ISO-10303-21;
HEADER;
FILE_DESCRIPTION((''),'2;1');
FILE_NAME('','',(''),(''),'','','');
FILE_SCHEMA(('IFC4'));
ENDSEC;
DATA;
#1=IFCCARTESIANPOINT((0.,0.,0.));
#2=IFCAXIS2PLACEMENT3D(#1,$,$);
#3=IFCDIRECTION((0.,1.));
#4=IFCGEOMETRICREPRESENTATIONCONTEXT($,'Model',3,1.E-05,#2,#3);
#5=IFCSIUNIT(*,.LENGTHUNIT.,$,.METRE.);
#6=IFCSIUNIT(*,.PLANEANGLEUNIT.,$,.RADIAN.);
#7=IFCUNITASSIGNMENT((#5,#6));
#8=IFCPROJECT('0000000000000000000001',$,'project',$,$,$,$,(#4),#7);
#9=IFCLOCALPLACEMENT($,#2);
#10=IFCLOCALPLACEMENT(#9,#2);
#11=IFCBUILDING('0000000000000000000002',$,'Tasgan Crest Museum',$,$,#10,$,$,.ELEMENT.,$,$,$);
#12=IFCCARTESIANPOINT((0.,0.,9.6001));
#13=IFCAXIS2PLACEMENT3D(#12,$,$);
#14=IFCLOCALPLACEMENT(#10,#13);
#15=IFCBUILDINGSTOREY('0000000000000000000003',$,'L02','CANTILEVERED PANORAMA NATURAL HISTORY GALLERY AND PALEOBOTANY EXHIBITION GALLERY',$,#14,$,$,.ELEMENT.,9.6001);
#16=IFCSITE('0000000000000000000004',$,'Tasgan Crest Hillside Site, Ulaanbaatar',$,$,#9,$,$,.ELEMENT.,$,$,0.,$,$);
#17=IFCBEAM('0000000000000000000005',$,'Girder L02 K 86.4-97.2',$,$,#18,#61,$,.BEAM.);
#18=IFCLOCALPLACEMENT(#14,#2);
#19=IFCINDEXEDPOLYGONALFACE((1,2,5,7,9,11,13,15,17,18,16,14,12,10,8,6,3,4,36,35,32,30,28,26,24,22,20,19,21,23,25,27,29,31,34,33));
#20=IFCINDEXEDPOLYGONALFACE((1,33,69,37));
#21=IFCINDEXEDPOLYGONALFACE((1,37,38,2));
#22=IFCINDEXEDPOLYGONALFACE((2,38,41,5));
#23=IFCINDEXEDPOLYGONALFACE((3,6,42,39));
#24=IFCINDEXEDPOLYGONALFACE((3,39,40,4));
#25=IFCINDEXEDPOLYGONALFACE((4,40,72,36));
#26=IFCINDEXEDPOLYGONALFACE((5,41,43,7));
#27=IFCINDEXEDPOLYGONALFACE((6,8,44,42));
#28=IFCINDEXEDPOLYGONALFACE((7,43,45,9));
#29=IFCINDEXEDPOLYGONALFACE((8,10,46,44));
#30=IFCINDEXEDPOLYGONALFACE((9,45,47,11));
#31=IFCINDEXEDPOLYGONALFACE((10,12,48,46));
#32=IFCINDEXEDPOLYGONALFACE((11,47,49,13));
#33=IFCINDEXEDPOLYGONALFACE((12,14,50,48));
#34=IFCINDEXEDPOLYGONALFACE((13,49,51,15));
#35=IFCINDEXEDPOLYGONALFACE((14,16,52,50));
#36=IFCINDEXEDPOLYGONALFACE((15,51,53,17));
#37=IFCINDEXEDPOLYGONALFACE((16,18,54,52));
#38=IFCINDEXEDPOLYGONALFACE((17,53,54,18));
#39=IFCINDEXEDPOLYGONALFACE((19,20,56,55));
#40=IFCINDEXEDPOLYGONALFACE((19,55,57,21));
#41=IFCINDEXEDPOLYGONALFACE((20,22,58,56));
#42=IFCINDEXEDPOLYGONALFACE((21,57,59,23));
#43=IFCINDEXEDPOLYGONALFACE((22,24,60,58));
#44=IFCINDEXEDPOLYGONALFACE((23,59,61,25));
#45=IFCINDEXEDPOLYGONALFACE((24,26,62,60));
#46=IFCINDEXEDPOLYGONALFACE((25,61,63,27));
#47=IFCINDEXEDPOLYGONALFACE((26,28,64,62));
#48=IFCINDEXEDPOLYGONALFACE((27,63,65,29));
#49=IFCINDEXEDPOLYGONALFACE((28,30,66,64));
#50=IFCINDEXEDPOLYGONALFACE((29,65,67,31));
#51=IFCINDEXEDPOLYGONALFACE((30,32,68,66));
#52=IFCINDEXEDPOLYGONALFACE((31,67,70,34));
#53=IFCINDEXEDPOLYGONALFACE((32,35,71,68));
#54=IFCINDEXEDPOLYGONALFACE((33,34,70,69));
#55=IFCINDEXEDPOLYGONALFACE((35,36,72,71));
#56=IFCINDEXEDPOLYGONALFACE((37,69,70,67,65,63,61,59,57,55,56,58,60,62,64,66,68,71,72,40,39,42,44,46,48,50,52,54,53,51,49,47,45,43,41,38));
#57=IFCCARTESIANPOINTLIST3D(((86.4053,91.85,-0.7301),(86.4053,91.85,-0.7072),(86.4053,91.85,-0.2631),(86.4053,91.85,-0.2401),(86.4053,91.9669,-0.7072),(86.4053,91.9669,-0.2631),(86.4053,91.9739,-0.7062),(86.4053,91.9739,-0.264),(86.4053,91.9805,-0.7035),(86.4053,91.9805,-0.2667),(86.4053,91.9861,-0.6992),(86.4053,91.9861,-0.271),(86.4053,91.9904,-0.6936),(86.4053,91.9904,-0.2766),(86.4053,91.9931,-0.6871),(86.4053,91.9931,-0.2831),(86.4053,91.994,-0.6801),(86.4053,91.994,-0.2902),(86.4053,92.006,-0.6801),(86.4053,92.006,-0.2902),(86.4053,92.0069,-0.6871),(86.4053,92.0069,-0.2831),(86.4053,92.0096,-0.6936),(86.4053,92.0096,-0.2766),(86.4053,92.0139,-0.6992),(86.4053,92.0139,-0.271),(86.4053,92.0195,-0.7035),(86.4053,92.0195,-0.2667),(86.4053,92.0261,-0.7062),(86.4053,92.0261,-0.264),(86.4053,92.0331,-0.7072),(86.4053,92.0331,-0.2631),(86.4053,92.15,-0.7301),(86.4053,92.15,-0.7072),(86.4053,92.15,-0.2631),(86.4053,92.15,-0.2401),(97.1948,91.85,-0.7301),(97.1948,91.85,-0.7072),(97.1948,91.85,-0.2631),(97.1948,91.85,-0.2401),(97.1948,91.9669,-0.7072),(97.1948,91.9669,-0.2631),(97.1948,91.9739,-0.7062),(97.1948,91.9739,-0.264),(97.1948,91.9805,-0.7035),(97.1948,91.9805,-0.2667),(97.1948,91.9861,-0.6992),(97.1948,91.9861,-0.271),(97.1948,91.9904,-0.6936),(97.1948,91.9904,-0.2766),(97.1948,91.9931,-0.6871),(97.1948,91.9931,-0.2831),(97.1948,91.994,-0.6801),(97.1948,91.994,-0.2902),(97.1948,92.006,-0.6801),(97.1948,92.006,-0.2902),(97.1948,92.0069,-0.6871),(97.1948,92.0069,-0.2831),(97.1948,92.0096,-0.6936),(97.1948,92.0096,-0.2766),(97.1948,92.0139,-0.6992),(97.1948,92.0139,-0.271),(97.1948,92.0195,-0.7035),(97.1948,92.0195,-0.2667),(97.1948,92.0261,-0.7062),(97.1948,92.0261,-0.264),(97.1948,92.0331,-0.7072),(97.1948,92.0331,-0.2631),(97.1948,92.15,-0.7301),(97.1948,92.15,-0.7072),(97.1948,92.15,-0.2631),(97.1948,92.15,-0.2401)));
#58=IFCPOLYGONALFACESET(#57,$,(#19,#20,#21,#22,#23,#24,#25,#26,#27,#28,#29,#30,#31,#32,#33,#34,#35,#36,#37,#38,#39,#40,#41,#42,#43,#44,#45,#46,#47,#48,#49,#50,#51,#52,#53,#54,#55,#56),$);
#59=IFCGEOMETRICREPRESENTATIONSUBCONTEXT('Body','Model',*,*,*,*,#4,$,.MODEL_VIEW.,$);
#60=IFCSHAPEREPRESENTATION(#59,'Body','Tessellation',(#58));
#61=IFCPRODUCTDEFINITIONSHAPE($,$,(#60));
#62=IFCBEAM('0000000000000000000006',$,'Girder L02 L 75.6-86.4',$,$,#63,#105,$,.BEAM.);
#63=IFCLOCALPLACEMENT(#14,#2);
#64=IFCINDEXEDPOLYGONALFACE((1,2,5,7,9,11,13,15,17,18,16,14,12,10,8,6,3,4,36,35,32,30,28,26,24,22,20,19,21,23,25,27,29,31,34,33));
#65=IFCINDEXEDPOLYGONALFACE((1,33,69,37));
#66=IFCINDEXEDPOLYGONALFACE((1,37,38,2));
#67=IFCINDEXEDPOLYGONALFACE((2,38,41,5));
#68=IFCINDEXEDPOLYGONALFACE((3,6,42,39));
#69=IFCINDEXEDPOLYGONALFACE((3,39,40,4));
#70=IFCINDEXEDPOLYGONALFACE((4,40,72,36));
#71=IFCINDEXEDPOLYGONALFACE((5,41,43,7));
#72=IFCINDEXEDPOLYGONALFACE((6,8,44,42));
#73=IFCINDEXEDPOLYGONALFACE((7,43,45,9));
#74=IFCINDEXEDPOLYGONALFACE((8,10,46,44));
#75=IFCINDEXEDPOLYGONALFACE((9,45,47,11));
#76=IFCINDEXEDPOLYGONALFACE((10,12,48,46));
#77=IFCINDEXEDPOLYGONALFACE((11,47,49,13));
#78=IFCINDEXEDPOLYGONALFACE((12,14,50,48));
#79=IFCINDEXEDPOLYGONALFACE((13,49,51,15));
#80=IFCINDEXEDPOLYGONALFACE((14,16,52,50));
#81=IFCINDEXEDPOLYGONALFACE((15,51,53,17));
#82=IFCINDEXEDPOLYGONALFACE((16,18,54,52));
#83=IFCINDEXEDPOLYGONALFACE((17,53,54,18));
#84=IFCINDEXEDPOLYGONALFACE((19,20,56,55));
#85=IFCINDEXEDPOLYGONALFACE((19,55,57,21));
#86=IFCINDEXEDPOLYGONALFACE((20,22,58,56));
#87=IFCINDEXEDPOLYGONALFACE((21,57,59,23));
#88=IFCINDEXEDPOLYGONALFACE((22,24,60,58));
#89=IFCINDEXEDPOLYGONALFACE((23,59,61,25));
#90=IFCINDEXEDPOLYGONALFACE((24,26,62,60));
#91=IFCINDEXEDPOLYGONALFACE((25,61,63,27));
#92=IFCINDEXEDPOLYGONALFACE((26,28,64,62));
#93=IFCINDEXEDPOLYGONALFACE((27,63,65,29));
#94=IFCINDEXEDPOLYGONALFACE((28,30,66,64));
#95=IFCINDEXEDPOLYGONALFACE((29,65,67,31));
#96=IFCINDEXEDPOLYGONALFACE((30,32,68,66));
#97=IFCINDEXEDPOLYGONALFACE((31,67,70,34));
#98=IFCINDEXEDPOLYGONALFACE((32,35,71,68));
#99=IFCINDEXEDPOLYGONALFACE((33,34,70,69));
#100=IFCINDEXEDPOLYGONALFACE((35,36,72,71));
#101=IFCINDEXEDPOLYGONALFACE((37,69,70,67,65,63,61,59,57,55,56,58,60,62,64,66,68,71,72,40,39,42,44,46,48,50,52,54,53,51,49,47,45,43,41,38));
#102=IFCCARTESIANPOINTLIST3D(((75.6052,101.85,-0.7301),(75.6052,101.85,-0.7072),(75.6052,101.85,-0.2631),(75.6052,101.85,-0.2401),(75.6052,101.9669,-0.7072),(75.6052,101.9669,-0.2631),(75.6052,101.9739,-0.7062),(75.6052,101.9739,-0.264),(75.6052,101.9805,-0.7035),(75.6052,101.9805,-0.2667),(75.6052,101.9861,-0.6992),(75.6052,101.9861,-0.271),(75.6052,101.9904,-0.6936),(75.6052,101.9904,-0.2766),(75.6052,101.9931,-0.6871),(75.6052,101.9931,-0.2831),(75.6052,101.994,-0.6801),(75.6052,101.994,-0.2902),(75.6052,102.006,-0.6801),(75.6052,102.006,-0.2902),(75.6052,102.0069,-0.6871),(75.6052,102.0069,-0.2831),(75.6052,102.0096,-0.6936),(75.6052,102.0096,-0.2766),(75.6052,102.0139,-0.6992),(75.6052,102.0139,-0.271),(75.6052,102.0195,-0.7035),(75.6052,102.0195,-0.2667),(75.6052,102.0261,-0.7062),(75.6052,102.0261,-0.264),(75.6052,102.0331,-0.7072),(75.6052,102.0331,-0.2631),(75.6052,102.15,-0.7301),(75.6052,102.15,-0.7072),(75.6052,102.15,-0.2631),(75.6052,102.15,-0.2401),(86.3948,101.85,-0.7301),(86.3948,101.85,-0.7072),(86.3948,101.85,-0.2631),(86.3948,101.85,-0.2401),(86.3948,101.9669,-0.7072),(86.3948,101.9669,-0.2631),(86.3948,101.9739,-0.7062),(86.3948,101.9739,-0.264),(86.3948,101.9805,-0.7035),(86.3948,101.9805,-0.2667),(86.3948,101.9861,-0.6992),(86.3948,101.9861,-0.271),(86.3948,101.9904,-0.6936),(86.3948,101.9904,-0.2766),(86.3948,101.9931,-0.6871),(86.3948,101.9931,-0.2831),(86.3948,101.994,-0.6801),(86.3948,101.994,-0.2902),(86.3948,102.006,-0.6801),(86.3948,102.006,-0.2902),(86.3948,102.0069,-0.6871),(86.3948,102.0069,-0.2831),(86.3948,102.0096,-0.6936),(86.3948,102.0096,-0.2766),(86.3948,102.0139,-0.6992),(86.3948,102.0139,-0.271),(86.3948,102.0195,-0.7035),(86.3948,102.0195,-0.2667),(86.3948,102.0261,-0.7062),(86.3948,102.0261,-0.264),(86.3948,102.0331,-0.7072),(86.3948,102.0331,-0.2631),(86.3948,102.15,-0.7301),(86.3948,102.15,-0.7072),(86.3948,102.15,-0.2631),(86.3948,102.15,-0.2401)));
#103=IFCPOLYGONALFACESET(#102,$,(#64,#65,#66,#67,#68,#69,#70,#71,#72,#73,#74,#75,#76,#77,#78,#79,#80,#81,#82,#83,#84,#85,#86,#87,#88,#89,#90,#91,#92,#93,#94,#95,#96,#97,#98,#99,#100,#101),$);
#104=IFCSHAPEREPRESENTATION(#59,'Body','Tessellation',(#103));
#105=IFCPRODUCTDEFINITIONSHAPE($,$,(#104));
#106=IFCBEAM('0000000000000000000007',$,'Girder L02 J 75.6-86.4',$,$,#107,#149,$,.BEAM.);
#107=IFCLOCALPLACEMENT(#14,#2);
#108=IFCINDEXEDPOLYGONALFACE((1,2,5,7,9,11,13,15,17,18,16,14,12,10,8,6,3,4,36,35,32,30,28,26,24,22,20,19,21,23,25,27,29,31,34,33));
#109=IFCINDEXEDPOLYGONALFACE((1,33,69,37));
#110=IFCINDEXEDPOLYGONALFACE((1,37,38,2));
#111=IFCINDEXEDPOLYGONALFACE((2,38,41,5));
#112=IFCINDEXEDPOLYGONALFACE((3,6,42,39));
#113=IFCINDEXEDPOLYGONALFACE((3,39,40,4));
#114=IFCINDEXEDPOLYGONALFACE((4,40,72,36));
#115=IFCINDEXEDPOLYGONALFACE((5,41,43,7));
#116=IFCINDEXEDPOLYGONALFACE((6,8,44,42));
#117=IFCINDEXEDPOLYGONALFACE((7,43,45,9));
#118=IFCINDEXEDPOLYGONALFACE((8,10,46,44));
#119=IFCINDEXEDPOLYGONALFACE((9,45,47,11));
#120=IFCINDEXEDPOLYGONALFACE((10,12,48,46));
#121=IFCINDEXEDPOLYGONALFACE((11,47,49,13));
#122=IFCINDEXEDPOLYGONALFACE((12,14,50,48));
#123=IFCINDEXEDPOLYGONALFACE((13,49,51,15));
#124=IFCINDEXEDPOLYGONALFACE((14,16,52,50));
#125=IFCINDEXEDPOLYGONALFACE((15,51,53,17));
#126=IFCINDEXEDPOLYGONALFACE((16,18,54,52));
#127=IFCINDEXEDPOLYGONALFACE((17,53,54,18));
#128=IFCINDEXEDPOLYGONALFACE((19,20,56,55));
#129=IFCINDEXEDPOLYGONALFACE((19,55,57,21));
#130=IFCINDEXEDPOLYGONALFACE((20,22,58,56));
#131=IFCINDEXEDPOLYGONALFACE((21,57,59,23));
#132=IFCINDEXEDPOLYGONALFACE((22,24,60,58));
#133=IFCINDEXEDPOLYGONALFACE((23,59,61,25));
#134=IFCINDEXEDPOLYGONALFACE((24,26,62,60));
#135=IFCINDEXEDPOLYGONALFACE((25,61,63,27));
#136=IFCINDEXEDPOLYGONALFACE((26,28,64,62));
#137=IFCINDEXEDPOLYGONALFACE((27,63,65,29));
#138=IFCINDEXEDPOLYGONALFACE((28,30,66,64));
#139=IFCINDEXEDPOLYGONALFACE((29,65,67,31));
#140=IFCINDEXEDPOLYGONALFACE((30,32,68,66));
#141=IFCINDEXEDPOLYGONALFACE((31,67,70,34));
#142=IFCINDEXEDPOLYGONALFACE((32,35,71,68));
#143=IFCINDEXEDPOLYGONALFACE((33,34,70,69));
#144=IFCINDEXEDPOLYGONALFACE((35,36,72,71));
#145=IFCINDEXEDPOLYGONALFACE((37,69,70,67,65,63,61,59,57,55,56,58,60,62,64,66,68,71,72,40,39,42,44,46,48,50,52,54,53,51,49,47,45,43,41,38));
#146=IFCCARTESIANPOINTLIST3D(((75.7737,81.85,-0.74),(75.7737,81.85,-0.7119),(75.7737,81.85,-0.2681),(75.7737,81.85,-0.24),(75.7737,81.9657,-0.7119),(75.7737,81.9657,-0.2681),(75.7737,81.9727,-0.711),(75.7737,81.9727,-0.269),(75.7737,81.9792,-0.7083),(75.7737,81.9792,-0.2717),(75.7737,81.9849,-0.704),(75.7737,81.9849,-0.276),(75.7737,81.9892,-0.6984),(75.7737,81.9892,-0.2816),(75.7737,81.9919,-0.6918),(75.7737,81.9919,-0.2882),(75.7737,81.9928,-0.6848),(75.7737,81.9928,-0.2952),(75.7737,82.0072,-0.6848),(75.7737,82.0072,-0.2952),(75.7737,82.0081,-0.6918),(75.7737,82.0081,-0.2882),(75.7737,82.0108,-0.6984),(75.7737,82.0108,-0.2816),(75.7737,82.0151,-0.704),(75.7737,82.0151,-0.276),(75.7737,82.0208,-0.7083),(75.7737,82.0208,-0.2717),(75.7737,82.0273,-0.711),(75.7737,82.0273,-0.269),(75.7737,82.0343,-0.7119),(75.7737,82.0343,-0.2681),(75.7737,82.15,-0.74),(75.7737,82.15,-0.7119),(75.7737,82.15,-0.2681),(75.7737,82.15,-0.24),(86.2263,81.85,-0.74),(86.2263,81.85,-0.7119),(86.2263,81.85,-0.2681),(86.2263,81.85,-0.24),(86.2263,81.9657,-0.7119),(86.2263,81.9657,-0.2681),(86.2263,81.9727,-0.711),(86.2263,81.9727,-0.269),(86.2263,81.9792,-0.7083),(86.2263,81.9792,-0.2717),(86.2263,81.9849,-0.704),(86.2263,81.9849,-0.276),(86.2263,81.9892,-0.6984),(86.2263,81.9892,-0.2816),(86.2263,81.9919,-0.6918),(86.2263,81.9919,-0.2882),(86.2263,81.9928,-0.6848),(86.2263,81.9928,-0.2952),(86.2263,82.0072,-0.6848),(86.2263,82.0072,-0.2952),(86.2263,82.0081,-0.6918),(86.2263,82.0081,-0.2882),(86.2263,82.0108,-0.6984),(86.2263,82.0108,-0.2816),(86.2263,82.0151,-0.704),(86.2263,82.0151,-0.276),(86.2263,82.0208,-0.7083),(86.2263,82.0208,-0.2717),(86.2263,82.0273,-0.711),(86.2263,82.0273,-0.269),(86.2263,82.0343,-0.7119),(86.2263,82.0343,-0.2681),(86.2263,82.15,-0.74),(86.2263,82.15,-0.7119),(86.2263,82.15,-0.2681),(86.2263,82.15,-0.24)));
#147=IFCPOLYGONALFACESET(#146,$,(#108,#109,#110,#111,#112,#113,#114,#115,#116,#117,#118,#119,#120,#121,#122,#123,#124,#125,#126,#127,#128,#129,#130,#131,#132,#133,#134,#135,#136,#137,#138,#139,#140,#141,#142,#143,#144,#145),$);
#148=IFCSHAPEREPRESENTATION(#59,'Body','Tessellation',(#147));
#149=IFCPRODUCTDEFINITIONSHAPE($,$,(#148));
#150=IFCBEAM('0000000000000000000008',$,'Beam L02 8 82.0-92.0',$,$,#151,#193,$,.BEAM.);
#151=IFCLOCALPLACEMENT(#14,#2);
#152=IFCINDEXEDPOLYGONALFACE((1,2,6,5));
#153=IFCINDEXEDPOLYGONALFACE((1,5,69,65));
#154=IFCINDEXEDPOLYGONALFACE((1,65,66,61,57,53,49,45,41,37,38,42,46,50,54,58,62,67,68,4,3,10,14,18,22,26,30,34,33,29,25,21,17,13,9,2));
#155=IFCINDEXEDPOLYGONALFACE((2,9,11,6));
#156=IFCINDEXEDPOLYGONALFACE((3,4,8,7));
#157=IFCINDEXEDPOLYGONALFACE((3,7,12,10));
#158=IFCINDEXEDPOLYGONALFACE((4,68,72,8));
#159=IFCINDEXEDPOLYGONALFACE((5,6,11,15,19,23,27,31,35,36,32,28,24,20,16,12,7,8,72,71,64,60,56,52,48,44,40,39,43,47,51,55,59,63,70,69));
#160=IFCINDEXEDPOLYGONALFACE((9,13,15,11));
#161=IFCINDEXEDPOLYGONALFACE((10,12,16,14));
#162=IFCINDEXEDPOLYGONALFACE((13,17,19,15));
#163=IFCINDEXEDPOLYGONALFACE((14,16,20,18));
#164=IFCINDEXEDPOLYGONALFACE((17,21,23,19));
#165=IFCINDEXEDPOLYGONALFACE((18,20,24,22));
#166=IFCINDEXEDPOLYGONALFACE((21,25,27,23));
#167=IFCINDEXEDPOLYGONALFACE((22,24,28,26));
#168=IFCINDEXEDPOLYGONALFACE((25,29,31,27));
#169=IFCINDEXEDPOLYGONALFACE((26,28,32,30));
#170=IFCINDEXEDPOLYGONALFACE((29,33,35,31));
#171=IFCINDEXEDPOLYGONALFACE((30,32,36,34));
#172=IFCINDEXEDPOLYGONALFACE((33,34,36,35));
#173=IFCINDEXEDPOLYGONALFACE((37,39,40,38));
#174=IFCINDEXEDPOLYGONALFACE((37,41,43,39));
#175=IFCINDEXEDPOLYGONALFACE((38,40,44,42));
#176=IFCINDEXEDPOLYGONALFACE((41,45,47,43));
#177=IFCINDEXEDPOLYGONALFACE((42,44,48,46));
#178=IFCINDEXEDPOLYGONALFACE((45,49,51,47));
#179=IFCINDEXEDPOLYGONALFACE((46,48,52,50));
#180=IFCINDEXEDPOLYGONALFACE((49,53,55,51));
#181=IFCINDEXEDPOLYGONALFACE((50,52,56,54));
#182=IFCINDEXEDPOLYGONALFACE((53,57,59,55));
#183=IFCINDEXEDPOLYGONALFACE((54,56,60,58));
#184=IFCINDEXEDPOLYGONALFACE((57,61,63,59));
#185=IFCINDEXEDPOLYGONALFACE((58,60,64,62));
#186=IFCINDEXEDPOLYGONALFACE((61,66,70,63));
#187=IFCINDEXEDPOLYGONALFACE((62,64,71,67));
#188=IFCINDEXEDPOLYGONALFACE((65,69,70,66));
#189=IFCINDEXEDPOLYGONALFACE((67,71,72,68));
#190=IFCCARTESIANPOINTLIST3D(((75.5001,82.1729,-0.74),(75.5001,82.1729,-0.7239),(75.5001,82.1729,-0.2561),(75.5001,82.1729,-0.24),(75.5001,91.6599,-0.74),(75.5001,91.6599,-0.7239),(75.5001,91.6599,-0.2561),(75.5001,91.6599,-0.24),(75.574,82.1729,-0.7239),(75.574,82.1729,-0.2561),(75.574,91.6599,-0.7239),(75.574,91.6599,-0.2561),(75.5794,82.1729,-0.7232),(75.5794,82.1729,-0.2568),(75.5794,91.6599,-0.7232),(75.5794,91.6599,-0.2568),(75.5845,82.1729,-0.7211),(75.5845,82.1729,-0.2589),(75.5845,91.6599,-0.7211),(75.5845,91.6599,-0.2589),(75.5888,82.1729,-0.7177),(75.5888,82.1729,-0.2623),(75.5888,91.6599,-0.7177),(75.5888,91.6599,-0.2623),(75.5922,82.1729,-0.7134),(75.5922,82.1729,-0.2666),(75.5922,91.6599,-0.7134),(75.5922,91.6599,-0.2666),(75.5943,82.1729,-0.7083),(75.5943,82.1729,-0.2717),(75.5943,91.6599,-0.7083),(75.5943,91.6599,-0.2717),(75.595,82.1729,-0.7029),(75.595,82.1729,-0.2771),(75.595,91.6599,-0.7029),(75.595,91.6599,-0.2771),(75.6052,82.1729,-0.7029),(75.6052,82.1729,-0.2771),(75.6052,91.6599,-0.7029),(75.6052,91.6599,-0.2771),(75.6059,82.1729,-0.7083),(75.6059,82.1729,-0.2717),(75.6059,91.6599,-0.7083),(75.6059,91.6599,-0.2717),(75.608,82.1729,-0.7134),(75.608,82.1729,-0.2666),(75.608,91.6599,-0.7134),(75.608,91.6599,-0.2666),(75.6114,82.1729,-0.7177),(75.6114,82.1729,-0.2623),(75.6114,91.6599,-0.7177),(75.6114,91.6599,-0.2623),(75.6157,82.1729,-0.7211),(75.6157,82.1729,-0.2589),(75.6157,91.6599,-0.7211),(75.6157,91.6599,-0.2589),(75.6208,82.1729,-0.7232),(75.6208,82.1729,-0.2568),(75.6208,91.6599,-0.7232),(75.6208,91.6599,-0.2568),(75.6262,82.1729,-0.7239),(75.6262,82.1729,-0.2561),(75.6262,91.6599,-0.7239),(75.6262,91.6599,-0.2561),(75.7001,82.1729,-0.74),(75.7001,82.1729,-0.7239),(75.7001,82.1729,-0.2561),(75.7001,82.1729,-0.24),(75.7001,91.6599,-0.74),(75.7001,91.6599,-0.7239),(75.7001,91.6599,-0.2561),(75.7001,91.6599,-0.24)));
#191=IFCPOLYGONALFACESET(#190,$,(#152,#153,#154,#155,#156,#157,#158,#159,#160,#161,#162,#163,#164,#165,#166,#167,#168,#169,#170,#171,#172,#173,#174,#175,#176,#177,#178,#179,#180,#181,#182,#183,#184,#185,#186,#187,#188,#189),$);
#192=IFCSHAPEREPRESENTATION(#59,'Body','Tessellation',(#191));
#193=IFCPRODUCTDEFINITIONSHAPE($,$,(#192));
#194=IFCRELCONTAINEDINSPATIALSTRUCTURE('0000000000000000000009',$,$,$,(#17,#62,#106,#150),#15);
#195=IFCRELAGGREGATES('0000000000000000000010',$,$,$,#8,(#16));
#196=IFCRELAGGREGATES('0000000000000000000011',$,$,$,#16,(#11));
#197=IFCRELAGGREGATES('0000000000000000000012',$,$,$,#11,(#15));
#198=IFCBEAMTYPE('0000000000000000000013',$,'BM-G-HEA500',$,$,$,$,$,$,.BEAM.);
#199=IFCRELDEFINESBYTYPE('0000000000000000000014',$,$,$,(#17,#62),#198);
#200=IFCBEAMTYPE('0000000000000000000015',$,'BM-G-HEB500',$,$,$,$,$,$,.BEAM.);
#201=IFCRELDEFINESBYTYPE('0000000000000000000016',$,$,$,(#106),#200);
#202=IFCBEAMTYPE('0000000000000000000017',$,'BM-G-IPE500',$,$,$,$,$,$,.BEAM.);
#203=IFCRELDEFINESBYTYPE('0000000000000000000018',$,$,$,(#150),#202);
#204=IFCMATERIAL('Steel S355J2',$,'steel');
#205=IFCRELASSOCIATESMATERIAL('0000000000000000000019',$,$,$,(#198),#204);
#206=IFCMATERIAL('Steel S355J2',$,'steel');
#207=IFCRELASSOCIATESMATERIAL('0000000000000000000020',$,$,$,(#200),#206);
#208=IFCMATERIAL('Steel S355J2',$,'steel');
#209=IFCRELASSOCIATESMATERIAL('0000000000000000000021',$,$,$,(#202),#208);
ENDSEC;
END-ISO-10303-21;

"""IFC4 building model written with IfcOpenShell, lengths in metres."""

from ifc_helpers import new_model, si_unit, direction, frame, origin, origin_2d, place, context, subcontext, project, spatial, i_section, extrude, material, material_profile, profile_set, type_object, element, save


model = new_model("IFC4")

# Units and contexts
model_context = context("Model", 3, precision=1e-05, world=origin(), true_north=direction((0.0, 1.0)))
body_context = subcontext(model_context, "Body", "Model", "MODEL_VIEW")
ifc_project = project(units=[si_unit("LENGTHUNIT", "METRE"), si_unit("PLANEANGLEUNIT", "RADIAN")], contexts=[model_context])

# Site, building, storey
site_placement = place(None, origin())
site = spatial("IfcSite", under=ifc_project, at=site_placement, Name="Tasgan Crest Hillside Site, Ulaanbaatar", CompositionType="ELEMENT", RefElevation=0.0)
building_placement = place(site_placement, origin())
building = spatial("IfcBuilding", under=site, at=building_placement, Name="Tasgan Crest Museum", CompositionType="ELEMENT")
storey_placement = place(building_placement, frame((0.0, 0.0, 9.6001)))
storey = spatial("IfcBuildingStorey", under=building, at=storey_placement, Name="L02", Description="CANTILEVERED PANORAMA NATURAL HISTORY GALLERY AND PALEOBOTANY EXHIBITION GALLERY", CompositionType="ELEMENT", Elevation=9.6001)

# Beams
ifc_material_1 = material(Name="Steel S355J2", Category="steel")
ifc_material_profile_1 = material_profile(ifc_material_1, i_section(OverallWidth=0.3, OverallDepth=0.49, WebThickness=0.012, FlangeThickness=0.0229, FilletRadius=0.0271, at=origin_2d()), Name="HEA 500")
ifc_profile_set_1 = profile_set([ifc_material_profile_1], Name="Steel S355J2")
beam_type_1 = type_object("IfcBeamType", Name="BM-G-HEA500", PredefinedType="BEAM", material=ifc_profile_set_1)
for number, where, z_axis, x_axis, name in (
    (1, (86.4053, 92.0, -0.4851), (1.0, 0.0, 0.0), (0.0, 1.0, 0.0), "Girder L02 K 86.4-97.2"),
    (2, (75.6052, 102.0, -0.4851), (1.0, 0.0, 0.0), (0.0, 1.0, 0.0), "Girder L02 L 75.6-86.4"),
):
    element("IfcBeam", number, at=place(storey_placement, frame(where, z_axis=z_axis, x_axis=x_axis)), inside=storey, type_object=beam_type_1, Name=name, PredefinedType="BEAM", context=body_context, shape_type="SweptSolid", body=[
        extrude(i_section(OverallWidth=0.3, OverallDepth=0.49, WebThickness=0.012, FlangeThickness=0.0229, FilletRadius=0.0271, at=origin_2d()), origin(), (0.0, 0.0, 1.0), 10.7896),
    ])
ifc_material_2 = material(Name="Steel S355J2", Category="steel")
ifc_material_profile_2 = material_profile(ifc_material_2, i_section(OverallWidth=0.3, OverallDepth=0.5, WebThickness=0.0144, FlangeThickness=0.0281, FilletRadius=0.0271, at=origin_2d()), Name="HEB 500")
ifc_profile_set_2 = profile_set([ifc_material_profile_2], Name="Steel S355J2")
beam_type_2 = type_object("IfcBeamType", Name="BM-G-HEB500", PredefinedType="BEAM", material=ifc_profile_set_2)
beam_1_placement = place(storey_placement, frame((75.7737, 82.0, -0.49), z_axis=(1.0, 0.0, 0.0), x_axis=(0.0, 1.0, 0.0)))
element("IfcBeam", 3, at=beam_1_placement, inside=storey, type_object=beam_type_2, Name="Girder L02 J 75.6-86.4", PredefinedType="BEAM", context=body_context, shape_type="SweptSolid", body=[
    extrude(i_section(OverallWidth=0.3, OverallDepth=0.5, WebThickness=0.0144, FlangeThickness=0.0281, FilletRadius=0.0271, at=origin_2d()), origin(), (0.0, 0.0, 1.0), 10.4526),
])
ifc_material_3 = material(Name="Steel S355J2", Category="steel")
ifc_material_profile_3 = material_profile(ifc_material_3, i_section(OverallWidth=0.2, OverallDepth=0.5, WebThickness=0.0103, FlangeThickness=0.0161, FilletRadius=0.021, at=origin_2d()), Name="IPE 500")
ifc_profile_set_3 = profile_set([ifc_material_profile_3], Name="Steel S355J2")
beam_type_3 = type_object("IfcBeamType", Name="BM-G-IPE500", PredefinedType="BEAM", material=ifc_profile_set_3)
beam_2_placement = place(storey_placement, frame((75.6001, 82.1729, -0.49), z_axis=(0.0, 1.0, 0.0), x_axis=(-1.0, 0.0, 0.0)))
element("IfcBeam", 4, at=beam_2_placement, inside=storey, type_object=beam_type_3, Name="Beam L02 8 82.0-92.0", PredefinedType="BEAM", context=body_context, shape_type="SweptSolid", body=[
    extrude(i_section(OverallWidth=0.2, OverallDepth=0.5, WebThickness=0.0103, FlangeThickness=0.0161, FilletRadius=0.021, at=origin_2d()), origin(), (0.0, 0.0, 1.0), 9.4871),
])

save(model, "model.ifc")
